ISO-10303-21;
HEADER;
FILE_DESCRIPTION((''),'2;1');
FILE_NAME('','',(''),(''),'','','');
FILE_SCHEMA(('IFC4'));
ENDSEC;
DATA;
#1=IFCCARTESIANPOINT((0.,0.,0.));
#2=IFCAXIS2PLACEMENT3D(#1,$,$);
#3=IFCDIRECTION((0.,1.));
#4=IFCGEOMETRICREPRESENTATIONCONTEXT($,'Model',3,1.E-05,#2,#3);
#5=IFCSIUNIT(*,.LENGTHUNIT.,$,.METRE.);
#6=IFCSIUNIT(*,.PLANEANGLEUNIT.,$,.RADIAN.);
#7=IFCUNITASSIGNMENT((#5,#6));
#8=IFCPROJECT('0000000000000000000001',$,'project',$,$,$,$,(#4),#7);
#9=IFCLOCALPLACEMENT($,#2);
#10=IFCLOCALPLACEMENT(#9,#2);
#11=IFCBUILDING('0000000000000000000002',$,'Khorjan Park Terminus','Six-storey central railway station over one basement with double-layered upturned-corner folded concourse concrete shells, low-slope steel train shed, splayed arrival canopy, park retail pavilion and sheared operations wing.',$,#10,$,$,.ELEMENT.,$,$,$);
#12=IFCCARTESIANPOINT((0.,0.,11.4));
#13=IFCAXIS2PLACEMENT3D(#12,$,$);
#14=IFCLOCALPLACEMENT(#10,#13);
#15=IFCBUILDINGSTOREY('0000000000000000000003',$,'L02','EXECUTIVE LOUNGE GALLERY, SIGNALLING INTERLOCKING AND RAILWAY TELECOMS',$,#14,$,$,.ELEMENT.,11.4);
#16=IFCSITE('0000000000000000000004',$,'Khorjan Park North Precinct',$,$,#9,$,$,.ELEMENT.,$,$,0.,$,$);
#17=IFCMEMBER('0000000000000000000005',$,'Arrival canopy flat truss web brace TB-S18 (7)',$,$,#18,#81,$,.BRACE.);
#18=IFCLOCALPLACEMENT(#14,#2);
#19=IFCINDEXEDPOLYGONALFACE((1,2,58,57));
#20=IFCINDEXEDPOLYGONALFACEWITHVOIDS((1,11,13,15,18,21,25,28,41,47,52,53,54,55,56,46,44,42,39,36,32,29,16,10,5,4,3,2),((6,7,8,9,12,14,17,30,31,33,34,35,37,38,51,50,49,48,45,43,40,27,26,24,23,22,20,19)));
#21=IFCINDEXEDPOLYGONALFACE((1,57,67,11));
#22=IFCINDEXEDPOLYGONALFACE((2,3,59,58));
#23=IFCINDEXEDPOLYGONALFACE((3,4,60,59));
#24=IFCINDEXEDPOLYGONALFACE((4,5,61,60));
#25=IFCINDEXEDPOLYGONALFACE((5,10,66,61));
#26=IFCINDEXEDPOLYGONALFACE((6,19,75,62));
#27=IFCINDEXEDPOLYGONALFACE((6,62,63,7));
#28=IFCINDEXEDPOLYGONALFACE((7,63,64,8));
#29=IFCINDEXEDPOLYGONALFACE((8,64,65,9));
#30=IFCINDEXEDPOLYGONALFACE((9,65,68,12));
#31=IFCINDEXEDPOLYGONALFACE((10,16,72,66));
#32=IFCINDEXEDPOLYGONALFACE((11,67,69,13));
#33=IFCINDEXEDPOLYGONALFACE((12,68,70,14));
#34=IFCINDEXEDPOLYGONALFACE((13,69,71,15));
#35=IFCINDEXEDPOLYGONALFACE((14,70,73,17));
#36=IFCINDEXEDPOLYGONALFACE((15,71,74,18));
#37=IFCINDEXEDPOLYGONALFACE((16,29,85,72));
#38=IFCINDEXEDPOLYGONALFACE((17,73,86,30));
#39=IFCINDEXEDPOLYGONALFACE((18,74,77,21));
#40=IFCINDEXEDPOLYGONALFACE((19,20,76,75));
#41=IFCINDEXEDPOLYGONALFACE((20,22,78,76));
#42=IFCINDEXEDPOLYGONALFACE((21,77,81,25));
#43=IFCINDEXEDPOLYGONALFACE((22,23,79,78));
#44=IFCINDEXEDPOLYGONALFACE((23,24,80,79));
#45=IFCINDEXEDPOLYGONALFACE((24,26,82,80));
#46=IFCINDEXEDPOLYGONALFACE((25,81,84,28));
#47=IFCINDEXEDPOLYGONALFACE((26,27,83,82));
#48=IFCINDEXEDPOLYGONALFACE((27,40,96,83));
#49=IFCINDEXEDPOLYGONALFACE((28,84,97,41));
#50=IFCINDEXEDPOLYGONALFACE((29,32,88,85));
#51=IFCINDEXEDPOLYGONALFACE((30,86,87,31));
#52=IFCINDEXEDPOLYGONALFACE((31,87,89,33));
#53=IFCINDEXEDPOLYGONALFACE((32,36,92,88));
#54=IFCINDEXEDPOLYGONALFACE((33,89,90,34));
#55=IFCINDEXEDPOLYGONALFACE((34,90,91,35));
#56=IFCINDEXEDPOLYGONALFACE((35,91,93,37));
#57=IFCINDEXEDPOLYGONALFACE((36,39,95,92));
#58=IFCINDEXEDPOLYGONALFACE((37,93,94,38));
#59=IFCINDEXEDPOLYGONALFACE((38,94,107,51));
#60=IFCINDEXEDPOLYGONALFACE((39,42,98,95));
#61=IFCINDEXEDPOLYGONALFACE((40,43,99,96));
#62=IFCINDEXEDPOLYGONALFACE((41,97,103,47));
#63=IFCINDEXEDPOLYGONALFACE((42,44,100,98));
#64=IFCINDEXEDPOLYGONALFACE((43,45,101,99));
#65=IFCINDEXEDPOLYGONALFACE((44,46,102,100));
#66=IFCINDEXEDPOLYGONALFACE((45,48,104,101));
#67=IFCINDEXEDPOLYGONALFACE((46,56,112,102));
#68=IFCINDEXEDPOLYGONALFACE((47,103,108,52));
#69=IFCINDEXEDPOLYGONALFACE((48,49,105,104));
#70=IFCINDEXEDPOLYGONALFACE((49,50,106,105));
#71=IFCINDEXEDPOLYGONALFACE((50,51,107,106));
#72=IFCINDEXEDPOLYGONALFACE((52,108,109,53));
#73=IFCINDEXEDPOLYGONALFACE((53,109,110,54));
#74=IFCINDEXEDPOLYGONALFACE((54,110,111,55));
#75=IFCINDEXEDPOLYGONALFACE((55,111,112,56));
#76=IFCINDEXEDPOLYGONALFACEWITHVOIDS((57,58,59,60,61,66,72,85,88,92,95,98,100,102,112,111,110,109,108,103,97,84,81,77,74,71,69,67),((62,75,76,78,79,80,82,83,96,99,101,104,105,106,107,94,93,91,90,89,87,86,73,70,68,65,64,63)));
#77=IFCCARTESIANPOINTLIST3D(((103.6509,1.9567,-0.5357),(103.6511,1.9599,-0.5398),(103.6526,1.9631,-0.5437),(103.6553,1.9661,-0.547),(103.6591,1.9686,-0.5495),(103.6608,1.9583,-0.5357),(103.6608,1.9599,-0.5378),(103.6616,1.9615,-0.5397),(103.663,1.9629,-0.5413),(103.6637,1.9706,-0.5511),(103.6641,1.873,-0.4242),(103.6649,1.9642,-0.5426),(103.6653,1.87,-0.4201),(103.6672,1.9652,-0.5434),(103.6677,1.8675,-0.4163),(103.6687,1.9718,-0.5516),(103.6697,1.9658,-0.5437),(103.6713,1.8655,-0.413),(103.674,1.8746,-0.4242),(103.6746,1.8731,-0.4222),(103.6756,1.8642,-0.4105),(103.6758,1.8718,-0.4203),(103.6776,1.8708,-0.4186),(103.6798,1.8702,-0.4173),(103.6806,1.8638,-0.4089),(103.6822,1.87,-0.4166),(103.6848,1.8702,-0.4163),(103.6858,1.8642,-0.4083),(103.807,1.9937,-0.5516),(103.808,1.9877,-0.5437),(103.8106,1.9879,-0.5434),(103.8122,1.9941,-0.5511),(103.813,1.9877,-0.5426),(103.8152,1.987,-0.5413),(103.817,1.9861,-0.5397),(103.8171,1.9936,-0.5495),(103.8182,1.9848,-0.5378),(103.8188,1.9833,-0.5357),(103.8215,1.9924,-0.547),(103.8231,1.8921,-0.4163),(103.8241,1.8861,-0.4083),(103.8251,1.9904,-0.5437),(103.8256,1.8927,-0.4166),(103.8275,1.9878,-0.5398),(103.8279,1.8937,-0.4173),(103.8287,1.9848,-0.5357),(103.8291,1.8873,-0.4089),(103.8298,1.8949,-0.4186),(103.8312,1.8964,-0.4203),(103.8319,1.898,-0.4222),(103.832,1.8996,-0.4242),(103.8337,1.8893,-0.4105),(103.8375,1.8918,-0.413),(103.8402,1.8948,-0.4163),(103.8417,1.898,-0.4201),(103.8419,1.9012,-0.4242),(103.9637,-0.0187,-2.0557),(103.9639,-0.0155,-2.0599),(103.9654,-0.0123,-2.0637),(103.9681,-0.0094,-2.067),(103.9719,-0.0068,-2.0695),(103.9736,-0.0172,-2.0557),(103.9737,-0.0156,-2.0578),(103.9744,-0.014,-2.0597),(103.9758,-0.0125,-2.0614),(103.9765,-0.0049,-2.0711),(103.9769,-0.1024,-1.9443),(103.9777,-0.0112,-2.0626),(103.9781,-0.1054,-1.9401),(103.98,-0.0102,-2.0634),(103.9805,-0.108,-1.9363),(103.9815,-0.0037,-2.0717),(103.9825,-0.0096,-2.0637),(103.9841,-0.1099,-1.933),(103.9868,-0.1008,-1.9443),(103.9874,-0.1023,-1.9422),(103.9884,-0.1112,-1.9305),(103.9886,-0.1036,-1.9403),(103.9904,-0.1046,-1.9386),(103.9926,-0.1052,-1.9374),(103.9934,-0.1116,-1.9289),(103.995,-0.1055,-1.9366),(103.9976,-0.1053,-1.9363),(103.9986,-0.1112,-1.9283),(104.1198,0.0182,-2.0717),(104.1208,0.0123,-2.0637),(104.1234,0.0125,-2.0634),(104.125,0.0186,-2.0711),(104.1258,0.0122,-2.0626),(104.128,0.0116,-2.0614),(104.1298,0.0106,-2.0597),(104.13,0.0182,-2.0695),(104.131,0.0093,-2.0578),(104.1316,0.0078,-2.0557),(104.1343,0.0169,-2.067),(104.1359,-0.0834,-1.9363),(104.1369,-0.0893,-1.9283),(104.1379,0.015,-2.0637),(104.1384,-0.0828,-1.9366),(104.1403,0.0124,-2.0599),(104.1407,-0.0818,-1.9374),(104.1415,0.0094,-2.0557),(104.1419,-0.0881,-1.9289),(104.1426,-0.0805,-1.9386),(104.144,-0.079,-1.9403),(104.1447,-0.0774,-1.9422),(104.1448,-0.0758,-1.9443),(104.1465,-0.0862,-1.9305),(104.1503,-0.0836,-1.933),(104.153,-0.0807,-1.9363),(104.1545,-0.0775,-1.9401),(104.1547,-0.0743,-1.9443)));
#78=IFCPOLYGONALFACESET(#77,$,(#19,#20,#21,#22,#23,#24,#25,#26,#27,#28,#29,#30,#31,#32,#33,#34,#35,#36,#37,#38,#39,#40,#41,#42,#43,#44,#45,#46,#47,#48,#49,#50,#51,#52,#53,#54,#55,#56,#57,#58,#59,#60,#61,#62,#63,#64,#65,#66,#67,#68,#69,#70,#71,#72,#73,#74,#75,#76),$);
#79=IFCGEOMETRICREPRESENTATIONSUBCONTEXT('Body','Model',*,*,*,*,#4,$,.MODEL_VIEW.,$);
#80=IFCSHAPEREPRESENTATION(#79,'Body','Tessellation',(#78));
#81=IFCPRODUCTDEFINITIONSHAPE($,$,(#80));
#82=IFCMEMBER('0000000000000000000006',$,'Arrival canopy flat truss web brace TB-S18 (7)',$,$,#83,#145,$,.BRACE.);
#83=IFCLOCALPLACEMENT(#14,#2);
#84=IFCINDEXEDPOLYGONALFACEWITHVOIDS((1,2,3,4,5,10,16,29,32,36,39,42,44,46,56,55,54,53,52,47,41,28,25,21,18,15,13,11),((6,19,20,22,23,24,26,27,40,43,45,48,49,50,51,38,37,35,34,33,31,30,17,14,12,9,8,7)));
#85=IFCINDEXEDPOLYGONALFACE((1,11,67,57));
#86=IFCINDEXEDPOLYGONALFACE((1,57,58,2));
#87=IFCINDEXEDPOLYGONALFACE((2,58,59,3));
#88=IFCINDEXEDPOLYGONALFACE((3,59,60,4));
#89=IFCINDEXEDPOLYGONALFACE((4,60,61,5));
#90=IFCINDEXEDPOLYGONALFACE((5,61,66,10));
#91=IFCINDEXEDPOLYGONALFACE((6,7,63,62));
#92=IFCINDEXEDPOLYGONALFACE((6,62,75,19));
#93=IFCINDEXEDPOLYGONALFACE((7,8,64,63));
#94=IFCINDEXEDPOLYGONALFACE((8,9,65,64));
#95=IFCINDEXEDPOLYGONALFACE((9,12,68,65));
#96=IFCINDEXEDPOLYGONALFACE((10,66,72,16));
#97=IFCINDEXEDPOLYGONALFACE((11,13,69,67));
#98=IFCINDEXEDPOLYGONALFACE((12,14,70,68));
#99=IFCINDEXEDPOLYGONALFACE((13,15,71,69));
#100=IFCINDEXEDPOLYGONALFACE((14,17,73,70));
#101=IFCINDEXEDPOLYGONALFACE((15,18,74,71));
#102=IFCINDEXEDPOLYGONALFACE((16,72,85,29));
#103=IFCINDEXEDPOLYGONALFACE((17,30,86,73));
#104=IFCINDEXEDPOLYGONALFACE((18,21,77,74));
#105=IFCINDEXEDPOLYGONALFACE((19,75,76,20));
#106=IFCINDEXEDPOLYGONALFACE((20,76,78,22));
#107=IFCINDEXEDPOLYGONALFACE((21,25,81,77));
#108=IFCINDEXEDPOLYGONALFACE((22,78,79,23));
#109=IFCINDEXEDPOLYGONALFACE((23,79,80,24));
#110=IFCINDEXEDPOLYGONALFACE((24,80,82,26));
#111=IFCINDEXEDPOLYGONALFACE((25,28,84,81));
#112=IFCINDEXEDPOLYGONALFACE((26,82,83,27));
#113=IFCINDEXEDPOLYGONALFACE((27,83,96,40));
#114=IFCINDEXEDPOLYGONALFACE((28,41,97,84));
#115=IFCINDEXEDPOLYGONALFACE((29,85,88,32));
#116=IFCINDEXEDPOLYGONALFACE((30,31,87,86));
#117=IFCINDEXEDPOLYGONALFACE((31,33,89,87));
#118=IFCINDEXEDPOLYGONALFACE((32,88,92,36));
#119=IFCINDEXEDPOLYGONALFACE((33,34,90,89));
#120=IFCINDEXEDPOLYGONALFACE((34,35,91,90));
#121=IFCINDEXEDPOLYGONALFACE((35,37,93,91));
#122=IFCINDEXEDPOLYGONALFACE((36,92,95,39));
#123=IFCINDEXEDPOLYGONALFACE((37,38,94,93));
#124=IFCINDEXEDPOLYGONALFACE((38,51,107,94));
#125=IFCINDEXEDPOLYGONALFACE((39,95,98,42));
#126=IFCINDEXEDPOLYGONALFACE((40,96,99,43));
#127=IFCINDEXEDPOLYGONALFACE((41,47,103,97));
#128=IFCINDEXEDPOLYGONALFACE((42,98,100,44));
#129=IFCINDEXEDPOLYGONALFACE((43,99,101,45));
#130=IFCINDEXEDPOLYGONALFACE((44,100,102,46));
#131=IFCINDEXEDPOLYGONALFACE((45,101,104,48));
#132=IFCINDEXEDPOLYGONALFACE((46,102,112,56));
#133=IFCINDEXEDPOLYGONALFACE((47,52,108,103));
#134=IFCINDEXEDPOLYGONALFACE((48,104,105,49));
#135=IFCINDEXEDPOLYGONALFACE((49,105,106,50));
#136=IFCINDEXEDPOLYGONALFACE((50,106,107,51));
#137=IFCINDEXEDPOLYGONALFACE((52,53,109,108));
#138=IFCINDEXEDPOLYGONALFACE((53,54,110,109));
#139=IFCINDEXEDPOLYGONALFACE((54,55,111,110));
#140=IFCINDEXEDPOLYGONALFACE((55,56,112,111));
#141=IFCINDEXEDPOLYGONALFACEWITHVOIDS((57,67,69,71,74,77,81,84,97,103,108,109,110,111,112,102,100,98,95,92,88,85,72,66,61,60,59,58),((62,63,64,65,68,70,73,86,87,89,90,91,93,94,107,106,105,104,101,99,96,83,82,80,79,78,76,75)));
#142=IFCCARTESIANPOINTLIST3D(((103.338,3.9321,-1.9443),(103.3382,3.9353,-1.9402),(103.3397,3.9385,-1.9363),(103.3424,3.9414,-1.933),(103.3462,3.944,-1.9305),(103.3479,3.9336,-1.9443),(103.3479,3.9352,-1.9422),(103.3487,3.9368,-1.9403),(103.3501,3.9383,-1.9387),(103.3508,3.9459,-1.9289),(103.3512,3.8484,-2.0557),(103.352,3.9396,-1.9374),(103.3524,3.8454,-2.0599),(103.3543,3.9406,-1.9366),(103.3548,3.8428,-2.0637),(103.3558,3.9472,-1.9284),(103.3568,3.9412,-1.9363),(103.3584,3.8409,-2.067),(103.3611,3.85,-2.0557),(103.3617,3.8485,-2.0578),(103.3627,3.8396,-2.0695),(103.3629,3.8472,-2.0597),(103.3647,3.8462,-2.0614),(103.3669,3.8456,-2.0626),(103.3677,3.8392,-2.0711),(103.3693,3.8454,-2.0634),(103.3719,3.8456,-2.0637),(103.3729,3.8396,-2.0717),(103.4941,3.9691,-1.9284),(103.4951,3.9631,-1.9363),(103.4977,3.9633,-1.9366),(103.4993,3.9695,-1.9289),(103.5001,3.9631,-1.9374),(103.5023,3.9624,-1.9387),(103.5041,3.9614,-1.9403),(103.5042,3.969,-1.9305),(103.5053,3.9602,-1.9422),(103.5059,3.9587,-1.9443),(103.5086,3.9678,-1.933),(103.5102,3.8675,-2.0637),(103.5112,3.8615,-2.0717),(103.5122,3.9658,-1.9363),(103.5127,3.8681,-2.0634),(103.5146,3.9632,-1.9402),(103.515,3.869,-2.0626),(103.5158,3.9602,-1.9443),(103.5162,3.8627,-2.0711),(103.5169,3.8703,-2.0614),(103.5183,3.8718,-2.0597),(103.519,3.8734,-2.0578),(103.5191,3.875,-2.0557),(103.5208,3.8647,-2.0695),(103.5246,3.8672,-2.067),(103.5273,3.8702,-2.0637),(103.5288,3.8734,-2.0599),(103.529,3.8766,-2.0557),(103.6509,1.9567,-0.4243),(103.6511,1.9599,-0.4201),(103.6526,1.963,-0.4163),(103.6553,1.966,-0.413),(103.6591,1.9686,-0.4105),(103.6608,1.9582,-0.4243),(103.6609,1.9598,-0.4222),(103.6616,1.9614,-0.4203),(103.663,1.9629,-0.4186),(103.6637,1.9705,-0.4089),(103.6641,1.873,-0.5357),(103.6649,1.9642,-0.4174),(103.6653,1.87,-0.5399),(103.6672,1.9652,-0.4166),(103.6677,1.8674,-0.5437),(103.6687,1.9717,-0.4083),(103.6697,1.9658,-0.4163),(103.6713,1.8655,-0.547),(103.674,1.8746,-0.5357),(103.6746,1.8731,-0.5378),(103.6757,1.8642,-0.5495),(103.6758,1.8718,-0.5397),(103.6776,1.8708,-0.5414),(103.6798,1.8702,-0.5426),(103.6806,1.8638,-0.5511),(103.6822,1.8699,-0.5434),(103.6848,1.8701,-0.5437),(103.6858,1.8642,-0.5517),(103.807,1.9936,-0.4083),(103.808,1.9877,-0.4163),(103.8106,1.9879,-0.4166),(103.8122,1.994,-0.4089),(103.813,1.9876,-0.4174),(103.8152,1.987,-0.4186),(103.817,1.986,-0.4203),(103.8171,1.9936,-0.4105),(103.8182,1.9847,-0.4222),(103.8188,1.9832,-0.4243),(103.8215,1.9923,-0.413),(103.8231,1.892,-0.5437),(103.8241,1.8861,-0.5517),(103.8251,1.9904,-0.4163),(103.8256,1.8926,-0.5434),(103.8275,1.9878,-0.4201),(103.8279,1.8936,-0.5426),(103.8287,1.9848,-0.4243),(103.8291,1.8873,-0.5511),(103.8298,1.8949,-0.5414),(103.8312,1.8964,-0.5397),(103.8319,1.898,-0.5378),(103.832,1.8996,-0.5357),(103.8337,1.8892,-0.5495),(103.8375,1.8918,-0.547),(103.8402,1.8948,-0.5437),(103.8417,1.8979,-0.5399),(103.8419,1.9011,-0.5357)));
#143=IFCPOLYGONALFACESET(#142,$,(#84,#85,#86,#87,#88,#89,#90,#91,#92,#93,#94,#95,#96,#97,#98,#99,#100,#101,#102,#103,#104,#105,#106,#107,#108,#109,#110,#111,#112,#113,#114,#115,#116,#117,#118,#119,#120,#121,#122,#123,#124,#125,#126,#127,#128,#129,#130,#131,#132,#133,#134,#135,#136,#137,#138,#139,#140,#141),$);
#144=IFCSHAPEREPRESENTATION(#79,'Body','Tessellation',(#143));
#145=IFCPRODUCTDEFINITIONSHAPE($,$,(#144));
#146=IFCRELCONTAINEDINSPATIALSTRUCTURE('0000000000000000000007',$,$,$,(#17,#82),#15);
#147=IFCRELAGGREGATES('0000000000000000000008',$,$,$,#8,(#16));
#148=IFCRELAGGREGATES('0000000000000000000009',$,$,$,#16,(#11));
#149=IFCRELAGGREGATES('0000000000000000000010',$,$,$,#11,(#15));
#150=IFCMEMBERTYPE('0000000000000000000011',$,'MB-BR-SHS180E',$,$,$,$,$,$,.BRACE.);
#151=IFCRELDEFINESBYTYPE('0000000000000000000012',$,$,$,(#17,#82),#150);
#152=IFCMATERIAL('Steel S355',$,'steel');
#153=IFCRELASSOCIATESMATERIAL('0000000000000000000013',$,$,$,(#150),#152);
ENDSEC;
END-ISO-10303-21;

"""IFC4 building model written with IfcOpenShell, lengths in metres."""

from ifc_helpers import new_model, si_unit, direction, frame, origin, origin_2d, place, context, subcontext, project, spatial, hollow_rectangle, extrude, material, material_profile, profile_set, type_object, element, save


model = new_model("IFC4")

# Units and contexts
model_context = context("Model", 3, precision=1e-05, world=origin(), true_north=direction((0.0, 1.0)))
body_context = subcontext(model_context, "Body", "Model", "MODEL_VIEW")
ifc_project = project(units=[si_unit("LENGTHUNIT", "METRE"), si_unit("PLANEANGLEUNIT", "RADIAN")], contexts=[model_context])

# Site, building, storey
site_placement = place(None, origin())
site = spatial("IfcSite", under=ifc_project, at=site_placement, Name="Khorjan Park North Precinct", CompositionType="ELEMENT", RefElevation=0.0)
building_placement = place(site_placement, origin())
building = spatial("IfcBuilding", under=site, at=building_placement, Name="Khorjan Park Terminus", Description="Six-storey central railway station over one basement with double-layered upturned-corner folded concourse concrete shells, low-slope steel train shed, splayed arrival canopy, park retail pavilion and sheared operations wing.", CompositionType="ELEMENT")
storey_placement = place(building_placement, frame((0.0, 0.0, 11.4)))
storey = spatial("IfcBuildingStorey", under=building, at=storey_placement, Name="L02", Description="EXECUTIVE LOUNGE GALLERY, SIGNALLING INTERLOCKING AND RAILWAY TELECOMS", CompositionType="ELEMENT", Elevation=11.4)

# Members
ifc_material = material(Name="Steel S355", Category="steel")
ifc_material_profile_1 = material_profile(ifc_material, hollow_rectangle(XDim=0.18, YDim=0.18, WallThickness=0.01, InnerFilletRadius=0.01, OuterFilletRadius=0.02, at=origin_2d()), Name="SHS 180x180x10")
ifc_profile_set_1 = profile_set([ifc_material_profile_1], Name="Steel S355")
member_type_1 = type_object("IfcMemberType", Name="MB-BR-SHS180E", PredefinedType="BRACE", material=ifc_profile_set_1)
for number, where, z_axis, x_axis, name in (
    (1, (104.0592, -0.0465, -2.0), (-0.124519, 0.786366, 0.605081), (-0.987694, -0.156399, 0.0), "Arrival canopy flat truss web brace TB-S18 (7)"),
    (2, (103.7464, 1.9289, -0.48), (-0.124558, 0.786362, -0.605078), (-0.987686, -0.156448, 0.0), "Arrival canopy flat truss web brace TB-S18 (7)"),
):
    element("IfcMember", number, at=place(storey_placement, frame(where, z_axis=z_axis, x_axis=x_axis)), inside=storey, type_object=member_type_1, Name=name, PredefinedType="BRACE", context=body_context, shape_type="SweptSolid", body=[
        extrude(hollow_rectangle(XDim=0.18, YDim=0.18, WallThickness=0.01, InnerFilletRadius=0.01, OuterFilletRadius=0.02, at=origin_2d()), origin(), (0.0, 0.0, 1.0), 2.5121),
    ])

save(model, "model.ifc")
